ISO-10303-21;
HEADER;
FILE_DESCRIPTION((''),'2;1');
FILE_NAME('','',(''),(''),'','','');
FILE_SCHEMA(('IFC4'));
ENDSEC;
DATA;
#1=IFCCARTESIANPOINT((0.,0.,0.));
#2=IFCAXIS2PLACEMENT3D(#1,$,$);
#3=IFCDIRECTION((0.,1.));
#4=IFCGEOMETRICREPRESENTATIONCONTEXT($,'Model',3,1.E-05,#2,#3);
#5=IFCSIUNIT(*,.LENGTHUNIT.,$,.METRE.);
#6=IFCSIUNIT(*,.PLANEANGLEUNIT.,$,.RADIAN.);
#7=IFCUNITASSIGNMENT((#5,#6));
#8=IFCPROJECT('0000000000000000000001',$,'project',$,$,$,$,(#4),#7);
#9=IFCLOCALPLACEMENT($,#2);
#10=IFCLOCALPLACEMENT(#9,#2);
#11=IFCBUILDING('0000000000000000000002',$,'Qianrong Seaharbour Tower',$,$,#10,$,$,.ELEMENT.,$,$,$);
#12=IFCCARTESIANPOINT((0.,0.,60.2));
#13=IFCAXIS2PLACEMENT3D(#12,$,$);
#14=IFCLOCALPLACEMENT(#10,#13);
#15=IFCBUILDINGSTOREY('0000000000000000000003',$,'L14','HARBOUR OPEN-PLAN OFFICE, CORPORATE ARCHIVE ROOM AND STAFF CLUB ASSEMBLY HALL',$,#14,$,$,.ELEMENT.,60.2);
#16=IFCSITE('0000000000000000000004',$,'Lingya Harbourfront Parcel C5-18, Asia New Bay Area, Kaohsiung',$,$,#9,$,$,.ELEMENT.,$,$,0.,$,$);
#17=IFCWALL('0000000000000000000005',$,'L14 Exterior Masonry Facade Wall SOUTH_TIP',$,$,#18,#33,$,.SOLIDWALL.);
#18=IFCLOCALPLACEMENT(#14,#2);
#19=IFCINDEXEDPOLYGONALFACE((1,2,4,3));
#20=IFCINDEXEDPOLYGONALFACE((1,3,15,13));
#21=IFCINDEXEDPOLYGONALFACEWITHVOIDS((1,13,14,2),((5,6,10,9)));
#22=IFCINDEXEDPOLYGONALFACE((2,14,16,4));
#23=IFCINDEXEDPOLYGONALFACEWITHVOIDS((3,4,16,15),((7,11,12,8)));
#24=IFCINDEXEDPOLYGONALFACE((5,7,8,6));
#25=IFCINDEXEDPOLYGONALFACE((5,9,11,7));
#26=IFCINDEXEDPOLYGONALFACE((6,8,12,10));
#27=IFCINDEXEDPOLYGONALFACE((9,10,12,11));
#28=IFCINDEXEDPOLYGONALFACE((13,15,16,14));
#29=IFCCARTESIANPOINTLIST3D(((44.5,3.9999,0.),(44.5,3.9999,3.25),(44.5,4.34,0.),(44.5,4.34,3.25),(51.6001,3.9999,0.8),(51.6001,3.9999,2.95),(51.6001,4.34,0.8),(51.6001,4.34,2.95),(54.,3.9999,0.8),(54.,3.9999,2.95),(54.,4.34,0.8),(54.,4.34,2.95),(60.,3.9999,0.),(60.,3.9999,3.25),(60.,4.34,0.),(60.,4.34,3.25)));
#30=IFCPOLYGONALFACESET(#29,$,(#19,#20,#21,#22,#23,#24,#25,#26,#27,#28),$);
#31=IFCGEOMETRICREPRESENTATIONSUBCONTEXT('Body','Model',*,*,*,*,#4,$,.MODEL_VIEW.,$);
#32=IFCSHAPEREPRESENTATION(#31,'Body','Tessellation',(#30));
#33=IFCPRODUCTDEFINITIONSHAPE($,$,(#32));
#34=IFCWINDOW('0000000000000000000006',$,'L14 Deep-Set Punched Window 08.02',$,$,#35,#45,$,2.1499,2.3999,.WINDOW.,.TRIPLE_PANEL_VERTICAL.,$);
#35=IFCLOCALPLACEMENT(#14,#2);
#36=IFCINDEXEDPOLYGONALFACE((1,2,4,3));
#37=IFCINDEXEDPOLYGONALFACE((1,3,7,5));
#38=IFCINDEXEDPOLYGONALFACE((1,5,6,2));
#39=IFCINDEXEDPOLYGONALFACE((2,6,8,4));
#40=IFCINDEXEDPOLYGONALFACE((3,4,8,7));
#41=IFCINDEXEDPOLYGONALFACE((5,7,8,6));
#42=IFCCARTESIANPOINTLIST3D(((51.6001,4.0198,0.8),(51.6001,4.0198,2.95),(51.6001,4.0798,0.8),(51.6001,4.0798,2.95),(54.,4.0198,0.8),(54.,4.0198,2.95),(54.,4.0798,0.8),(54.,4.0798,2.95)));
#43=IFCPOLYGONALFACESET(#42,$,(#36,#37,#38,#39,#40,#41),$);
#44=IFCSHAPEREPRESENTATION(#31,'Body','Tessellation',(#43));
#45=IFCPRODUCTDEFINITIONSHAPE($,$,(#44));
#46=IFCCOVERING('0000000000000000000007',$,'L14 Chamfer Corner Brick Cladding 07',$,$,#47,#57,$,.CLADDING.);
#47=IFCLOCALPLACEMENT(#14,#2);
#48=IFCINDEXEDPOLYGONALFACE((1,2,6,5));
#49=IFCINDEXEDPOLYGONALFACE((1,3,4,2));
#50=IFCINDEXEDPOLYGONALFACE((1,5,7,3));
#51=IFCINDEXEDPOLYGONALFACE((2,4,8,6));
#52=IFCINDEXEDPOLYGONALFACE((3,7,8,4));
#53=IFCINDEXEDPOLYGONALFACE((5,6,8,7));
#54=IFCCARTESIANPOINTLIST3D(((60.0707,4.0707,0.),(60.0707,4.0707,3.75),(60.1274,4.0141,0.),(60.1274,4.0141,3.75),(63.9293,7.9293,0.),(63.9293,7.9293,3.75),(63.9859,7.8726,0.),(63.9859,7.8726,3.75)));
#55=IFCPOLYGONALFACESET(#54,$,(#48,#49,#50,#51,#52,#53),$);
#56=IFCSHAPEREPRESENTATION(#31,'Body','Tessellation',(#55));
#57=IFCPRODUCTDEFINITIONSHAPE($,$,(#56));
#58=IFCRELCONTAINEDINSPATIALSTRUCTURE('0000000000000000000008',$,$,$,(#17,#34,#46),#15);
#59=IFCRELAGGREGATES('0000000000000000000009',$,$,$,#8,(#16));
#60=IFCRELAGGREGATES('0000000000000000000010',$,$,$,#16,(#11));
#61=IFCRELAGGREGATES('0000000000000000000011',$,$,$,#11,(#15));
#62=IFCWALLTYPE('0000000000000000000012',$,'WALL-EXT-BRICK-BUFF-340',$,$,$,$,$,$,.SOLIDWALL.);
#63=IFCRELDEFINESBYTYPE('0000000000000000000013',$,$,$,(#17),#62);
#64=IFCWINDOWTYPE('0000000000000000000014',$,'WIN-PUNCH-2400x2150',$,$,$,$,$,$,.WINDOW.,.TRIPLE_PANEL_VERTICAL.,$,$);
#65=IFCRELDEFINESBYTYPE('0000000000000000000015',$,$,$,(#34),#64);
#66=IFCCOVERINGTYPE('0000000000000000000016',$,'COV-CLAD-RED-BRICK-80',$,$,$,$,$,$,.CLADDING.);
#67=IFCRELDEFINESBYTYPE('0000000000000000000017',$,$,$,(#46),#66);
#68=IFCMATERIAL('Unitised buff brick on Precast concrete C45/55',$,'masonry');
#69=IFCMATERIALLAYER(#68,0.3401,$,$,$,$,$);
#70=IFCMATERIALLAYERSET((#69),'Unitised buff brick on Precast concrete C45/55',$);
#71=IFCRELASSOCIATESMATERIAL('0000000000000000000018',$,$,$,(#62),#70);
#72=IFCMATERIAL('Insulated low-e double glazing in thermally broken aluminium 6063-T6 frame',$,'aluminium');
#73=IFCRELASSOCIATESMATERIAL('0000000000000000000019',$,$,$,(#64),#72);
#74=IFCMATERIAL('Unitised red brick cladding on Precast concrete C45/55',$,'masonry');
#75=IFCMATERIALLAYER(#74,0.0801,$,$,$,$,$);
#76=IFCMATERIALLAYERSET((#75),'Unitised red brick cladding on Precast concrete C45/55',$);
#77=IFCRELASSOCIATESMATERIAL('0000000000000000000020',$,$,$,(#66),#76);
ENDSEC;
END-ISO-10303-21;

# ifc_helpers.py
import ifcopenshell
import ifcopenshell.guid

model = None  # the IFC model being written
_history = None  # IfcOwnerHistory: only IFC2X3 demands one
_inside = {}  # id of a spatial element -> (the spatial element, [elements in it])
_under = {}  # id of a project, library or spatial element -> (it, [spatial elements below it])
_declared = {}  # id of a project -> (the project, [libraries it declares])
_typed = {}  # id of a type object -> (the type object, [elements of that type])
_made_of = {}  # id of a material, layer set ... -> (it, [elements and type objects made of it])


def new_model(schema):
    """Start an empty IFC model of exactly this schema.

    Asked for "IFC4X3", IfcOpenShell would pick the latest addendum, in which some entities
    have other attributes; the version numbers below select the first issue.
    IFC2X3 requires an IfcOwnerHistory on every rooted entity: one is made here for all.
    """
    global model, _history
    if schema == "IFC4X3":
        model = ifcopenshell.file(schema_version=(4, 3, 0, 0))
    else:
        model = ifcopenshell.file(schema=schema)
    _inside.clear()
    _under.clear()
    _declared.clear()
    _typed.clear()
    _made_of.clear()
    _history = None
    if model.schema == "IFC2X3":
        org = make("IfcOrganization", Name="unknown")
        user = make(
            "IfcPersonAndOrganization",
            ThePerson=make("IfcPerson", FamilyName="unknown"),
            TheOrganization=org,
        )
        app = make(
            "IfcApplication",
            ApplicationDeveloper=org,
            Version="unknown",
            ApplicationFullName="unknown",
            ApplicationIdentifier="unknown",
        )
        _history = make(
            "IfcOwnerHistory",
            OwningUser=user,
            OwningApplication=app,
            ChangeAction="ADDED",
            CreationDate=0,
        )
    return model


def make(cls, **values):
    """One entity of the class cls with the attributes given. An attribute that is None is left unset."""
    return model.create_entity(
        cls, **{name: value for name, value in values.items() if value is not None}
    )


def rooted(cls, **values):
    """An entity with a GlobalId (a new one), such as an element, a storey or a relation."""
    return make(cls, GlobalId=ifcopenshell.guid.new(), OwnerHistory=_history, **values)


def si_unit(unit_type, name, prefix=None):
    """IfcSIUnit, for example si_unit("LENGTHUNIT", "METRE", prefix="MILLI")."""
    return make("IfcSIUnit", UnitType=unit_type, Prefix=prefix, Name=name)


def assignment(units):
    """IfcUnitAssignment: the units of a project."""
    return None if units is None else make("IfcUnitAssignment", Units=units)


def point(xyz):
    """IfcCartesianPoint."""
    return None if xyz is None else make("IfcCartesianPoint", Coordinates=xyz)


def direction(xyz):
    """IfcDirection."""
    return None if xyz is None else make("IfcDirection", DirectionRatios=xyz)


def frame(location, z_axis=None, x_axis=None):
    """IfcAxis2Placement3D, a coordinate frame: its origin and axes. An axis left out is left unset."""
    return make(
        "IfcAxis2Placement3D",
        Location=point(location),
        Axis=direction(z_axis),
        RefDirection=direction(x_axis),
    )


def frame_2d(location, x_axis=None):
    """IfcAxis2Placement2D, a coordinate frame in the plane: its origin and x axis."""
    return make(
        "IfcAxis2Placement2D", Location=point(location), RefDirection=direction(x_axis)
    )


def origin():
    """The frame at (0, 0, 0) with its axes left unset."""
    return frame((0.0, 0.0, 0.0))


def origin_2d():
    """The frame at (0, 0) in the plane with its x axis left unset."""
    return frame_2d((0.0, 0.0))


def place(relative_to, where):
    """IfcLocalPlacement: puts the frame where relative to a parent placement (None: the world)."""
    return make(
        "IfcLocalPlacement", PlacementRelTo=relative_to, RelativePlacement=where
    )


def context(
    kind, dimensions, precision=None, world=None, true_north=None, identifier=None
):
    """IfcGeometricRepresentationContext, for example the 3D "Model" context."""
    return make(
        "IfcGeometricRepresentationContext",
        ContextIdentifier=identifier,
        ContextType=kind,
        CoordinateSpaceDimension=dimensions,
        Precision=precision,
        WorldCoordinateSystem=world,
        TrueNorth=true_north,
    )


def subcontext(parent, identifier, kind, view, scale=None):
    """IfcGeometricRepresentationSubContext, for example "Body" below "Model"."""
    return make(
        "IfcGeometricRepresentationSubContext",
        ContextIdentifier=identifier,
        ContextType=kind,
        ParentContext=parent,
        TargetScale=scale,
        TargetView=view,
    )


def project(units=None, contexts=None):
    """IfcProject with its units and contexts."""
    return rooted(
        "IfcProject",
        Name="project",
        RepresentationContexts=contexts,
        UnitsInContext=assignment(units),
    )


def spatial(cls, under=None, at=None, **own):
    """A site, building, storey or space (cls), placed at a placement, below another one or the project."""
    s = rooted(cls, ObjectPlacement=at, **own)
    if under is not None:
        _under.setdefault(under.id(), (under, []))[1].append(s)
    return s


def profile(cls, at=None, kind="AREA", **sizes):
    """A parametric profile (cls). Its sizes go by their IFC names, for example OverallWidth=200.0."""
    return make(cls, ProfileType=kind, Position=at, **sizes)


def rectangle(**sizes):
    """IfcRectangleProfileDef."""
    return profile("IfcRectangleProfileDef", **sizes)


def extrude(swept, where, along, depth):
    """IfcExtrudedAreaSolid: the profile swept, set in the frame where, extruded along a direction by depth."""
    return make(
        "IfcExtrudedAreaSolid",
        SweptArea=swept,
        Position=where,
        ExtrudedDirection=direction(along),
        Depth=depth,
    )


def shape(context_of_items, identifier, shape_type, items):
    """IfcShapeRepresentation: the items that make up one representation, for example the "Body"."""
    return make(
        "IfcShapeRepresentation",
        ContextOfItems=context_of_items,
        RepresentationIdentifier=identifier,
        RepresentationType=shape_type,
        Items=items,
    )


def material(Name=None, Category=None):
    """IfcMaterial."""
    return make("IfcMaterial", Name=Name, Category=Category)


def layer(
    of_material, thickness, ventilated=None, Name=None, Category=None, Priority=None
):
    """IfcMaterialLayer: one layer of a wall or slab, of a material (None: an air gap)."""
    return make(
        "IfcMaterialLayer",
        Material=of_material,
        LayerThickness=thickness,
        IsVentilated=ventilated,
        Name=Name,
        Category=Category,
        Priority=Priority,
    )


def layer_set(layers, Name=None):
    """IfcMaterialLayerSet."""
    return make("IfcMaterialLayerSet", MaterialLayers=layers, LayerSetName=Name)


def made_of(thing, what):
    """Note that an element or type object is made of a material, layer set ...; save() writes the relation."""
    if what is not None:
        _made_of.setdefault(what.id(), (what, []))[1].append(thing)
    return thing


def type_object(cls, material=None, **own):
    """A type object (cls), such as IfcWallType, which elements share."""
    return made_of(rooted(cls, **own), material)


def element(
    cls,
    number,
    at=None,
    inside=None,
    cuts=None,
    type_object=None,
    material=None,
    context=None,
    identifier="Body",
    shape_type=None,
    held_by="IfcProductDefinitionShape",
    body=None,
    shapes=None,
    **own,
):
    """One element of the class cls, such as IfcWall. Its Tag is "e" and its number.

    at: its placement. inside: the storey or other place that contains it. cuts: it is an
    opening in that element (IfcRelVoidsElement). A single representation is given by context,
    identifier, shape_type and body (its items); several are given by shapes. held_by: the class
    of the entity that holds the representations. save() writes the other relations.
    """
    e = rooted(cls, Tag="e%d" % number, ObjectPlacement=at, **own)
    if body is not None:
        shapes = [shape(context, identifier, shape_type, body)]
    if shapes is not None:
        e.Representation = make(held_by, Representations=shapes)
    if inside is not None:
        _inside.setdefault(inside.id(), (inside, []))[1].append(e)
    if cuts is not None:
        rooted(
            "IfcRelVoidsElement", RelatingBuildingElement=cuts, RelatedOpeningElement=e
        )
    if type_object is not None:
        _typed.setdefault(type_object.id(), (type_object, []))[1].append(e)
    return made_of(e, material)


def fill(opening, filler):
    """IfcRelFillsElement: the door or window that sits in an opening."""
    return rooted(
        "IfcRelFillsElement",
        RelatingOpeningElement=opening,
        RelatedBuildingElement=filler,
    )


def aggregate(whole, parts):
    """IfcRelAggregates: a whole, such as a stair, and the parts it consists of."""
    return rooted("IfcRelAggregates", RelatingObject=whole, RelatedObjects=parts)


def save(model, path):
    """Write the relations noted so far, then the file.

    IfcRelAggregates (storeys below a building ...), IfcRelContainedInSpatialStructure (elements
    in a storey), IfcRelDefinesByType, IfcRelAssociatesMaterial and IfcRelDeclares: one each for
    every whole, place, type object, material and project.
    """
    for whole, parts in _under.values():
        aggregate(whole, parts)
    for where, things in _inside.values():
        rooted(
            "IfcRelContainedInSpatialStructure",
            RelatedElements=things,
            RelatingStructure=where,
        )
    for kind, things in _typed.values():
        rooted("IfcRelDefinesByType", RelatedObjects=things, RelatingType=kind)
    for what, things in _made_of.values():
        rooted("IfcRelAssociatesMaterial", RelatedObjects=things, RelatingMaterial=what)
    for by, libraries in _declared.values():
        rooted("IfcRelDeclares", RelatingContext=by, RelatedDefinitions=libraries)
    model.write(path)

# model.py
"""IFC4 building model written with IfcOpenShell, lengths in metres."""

from ifc_helpers import new_model, si_unit, direction, frame, frame_2d, origin, origin_2d, place, context, subcontext, project, spatial, rectangle, extrude, material, layer, layer_set, type_object, element, fill, save


model = new_model("IFC4")

# Units and contexts
model_context = context("Model", 3, precision=1e-05, world=origin(), true_north=direction((0.0, 1.0)))
body_context = subcontext(model_context, "Body", "Model", "MODEL_VIEW")
ifc_project = project(units=[si_unit("LENGTHUNIT", "METRE"), si_unit("PLANEANGLEUNIT", "RADIAN")], contexts=[model_context])

# Site, building, storey
site_placement = place(None, origin())
site = spatial("IfcSite", under=ifc_project, at=site_placement, Name="Lingya Harbourfront Parcel C5-18, Asia New Bay Area, Kaohsiung", CompositionType="ELEMENT", RefElevation=0.0)
building_placement = place(site_placement, origin())
building = spatial("IfcBuilding", under=site, at=building_placement, Name="Qianrong Seaharbour Tower", CompositionType="ELEMENT")
storey_placement = place(building_placement, frame((0.0, 0.0, 60.2)))
storey = spatial("IfcBuildingStorey", under=building, at=storey_placement, Name="L14", Description="HARBOUR OPEN-PLAN OFFICE, CORPORATE ARCHIVE ROOM AND STAFF CLUB ASSEMBLY HALL", CompositionType="ELEMENT", Elevation=60.2)

# Shared definitions
ifc_material_1 = material(Name="Unitised buff brick on Precast concrete C45/55", Category="masonry")
ifc_layer_1 = layer(ifc_material_1, 0.3401)
ifc_layer_set_1 = layer_set([ifc_layer_1], Name="Unitised buff brick on Precast concrete C45/55")
wall_type_1 = type_object("IfcWallType", Name="WALL-EXT-BRICK-BUFF-340", PredefinedType="SOLIDWALL", material=ifc_layer_set_1)

# Wall, opening, window
wall_1_placement = place(storey_placement, frame((60.0, 4.1699, 0.0), z_axis=(0.0, 0.0, 1.0), x_axis=(-1.0, 0.0, 0.0)))
wall_1 = element("IfcWall", 1, at=wall_1_placement, inside=storey, type_object=wall_type_1, Name="L14 Exterior Masonry Facade Wall SOUTH_TIP", PredefinedType="SOLIDWALL", context=body_context, shape_type="SweptSolid", body=[
    extrude(rectangle(XDim=15.5, YDim=0.3401, at=frame_2d((7.75, 0.0))), origin(), (0.0, 0.0, 1.0), 3.25),
])
opening_1_placement = place(wall_1_placement, frame((6.0, 0.0, 0.8)))
opening_1 = element("IfcOpeningElement", 2, at=opening_1_placement, cuts=wall_1, PredefinedType="OPENING", context=body_context, shape_type="SweptSolid", body=[
    extrude(rectangle(XDim=2.3999, YDim=2.1499, at=frame_2d((1.2, 1.075))), frame((0.0, 0.1802, 0.0), z_axis=(0.0, -1.0, 0.0), x_axis=(1.0, 0.0, 0.0)), (0.0, 0.0, 1.0), 0.3601),
])
ifc_material_2 = material(Name="Insulated low-e double glazing in thermally broken aluminium 6063-T6 frame", Category="aluminium")
window_type = type_object("IfcWindowType", Name="WIN-PUNCH-2400x2150", PartitioningType="TRIPLE_PANEL_VERTICAL", PredefinedType="WINDOW", material=ifc_material_2)
window_placement = place(opening_1_placement, origin())
window = element("IfcWindow", 3, at=window_placement, inside=storey, type_object=window_type, Name="L14 Deep-Set Punched Window 08.02", OverallHeight=2.1499, OverallWidth=2.3999, PartitioningType="TRIPLE_PANEL_VERTICAL", PredefinedType="WINDOW", context=body_context, shape_type="SweptSolid", body=[
    extrude(rectangle(XDim=2.3999, YDim=2.1499, at=frame_2d((1.2, 1.075))), frame((0.0, 0.1501, 0.0), z_axis=(0.0, -1.0, 0.0), x_axis=(1.0, 0.0, 0.0)), (0.0, 0.0, 1.0), 0.0601),
])
fill(opening_1, window)

# Covering
ifc_material_3 = material(Name="Unitised red brick cladding on Precast concrete C45/55", Category="masonry")
ifc_layer_2 = layer(ifc_material_3, 0.0801)
ifc_layer_set_2 = layer_set([ifc_layer_2], Name="Unitised red brick cladding on Precast concrete C45/55")
covering_type = type_object("IfcCoveringType", Name="COV-CLAD-RED-BRICK-80", PredefinedType="CLADDING", material=ifc_layer_set_2)
covering_placement = place(storey_placement, frame((62.0283, 5.9717, 0.0), z_axis=(0.0, 0.0, 1.0), x_axis=(-0.707107, -0.707107, 0.0)))
element("IfcCovering", 4, at=covering_placement, inside=storey, type_object=covering_type, Name="L14 Chamfer Corner Brick Cladding 07", PredefinedType="CLADDING", context=body_context, shape_type="SweptSolid", body=[
    extrude(rectangle(XDim=5.4568, YDim=0.0801, at=origin_2d()), origin(), (0.0, 0.0, 1.0), 3.75),
])

save(model, "model.ifc")
